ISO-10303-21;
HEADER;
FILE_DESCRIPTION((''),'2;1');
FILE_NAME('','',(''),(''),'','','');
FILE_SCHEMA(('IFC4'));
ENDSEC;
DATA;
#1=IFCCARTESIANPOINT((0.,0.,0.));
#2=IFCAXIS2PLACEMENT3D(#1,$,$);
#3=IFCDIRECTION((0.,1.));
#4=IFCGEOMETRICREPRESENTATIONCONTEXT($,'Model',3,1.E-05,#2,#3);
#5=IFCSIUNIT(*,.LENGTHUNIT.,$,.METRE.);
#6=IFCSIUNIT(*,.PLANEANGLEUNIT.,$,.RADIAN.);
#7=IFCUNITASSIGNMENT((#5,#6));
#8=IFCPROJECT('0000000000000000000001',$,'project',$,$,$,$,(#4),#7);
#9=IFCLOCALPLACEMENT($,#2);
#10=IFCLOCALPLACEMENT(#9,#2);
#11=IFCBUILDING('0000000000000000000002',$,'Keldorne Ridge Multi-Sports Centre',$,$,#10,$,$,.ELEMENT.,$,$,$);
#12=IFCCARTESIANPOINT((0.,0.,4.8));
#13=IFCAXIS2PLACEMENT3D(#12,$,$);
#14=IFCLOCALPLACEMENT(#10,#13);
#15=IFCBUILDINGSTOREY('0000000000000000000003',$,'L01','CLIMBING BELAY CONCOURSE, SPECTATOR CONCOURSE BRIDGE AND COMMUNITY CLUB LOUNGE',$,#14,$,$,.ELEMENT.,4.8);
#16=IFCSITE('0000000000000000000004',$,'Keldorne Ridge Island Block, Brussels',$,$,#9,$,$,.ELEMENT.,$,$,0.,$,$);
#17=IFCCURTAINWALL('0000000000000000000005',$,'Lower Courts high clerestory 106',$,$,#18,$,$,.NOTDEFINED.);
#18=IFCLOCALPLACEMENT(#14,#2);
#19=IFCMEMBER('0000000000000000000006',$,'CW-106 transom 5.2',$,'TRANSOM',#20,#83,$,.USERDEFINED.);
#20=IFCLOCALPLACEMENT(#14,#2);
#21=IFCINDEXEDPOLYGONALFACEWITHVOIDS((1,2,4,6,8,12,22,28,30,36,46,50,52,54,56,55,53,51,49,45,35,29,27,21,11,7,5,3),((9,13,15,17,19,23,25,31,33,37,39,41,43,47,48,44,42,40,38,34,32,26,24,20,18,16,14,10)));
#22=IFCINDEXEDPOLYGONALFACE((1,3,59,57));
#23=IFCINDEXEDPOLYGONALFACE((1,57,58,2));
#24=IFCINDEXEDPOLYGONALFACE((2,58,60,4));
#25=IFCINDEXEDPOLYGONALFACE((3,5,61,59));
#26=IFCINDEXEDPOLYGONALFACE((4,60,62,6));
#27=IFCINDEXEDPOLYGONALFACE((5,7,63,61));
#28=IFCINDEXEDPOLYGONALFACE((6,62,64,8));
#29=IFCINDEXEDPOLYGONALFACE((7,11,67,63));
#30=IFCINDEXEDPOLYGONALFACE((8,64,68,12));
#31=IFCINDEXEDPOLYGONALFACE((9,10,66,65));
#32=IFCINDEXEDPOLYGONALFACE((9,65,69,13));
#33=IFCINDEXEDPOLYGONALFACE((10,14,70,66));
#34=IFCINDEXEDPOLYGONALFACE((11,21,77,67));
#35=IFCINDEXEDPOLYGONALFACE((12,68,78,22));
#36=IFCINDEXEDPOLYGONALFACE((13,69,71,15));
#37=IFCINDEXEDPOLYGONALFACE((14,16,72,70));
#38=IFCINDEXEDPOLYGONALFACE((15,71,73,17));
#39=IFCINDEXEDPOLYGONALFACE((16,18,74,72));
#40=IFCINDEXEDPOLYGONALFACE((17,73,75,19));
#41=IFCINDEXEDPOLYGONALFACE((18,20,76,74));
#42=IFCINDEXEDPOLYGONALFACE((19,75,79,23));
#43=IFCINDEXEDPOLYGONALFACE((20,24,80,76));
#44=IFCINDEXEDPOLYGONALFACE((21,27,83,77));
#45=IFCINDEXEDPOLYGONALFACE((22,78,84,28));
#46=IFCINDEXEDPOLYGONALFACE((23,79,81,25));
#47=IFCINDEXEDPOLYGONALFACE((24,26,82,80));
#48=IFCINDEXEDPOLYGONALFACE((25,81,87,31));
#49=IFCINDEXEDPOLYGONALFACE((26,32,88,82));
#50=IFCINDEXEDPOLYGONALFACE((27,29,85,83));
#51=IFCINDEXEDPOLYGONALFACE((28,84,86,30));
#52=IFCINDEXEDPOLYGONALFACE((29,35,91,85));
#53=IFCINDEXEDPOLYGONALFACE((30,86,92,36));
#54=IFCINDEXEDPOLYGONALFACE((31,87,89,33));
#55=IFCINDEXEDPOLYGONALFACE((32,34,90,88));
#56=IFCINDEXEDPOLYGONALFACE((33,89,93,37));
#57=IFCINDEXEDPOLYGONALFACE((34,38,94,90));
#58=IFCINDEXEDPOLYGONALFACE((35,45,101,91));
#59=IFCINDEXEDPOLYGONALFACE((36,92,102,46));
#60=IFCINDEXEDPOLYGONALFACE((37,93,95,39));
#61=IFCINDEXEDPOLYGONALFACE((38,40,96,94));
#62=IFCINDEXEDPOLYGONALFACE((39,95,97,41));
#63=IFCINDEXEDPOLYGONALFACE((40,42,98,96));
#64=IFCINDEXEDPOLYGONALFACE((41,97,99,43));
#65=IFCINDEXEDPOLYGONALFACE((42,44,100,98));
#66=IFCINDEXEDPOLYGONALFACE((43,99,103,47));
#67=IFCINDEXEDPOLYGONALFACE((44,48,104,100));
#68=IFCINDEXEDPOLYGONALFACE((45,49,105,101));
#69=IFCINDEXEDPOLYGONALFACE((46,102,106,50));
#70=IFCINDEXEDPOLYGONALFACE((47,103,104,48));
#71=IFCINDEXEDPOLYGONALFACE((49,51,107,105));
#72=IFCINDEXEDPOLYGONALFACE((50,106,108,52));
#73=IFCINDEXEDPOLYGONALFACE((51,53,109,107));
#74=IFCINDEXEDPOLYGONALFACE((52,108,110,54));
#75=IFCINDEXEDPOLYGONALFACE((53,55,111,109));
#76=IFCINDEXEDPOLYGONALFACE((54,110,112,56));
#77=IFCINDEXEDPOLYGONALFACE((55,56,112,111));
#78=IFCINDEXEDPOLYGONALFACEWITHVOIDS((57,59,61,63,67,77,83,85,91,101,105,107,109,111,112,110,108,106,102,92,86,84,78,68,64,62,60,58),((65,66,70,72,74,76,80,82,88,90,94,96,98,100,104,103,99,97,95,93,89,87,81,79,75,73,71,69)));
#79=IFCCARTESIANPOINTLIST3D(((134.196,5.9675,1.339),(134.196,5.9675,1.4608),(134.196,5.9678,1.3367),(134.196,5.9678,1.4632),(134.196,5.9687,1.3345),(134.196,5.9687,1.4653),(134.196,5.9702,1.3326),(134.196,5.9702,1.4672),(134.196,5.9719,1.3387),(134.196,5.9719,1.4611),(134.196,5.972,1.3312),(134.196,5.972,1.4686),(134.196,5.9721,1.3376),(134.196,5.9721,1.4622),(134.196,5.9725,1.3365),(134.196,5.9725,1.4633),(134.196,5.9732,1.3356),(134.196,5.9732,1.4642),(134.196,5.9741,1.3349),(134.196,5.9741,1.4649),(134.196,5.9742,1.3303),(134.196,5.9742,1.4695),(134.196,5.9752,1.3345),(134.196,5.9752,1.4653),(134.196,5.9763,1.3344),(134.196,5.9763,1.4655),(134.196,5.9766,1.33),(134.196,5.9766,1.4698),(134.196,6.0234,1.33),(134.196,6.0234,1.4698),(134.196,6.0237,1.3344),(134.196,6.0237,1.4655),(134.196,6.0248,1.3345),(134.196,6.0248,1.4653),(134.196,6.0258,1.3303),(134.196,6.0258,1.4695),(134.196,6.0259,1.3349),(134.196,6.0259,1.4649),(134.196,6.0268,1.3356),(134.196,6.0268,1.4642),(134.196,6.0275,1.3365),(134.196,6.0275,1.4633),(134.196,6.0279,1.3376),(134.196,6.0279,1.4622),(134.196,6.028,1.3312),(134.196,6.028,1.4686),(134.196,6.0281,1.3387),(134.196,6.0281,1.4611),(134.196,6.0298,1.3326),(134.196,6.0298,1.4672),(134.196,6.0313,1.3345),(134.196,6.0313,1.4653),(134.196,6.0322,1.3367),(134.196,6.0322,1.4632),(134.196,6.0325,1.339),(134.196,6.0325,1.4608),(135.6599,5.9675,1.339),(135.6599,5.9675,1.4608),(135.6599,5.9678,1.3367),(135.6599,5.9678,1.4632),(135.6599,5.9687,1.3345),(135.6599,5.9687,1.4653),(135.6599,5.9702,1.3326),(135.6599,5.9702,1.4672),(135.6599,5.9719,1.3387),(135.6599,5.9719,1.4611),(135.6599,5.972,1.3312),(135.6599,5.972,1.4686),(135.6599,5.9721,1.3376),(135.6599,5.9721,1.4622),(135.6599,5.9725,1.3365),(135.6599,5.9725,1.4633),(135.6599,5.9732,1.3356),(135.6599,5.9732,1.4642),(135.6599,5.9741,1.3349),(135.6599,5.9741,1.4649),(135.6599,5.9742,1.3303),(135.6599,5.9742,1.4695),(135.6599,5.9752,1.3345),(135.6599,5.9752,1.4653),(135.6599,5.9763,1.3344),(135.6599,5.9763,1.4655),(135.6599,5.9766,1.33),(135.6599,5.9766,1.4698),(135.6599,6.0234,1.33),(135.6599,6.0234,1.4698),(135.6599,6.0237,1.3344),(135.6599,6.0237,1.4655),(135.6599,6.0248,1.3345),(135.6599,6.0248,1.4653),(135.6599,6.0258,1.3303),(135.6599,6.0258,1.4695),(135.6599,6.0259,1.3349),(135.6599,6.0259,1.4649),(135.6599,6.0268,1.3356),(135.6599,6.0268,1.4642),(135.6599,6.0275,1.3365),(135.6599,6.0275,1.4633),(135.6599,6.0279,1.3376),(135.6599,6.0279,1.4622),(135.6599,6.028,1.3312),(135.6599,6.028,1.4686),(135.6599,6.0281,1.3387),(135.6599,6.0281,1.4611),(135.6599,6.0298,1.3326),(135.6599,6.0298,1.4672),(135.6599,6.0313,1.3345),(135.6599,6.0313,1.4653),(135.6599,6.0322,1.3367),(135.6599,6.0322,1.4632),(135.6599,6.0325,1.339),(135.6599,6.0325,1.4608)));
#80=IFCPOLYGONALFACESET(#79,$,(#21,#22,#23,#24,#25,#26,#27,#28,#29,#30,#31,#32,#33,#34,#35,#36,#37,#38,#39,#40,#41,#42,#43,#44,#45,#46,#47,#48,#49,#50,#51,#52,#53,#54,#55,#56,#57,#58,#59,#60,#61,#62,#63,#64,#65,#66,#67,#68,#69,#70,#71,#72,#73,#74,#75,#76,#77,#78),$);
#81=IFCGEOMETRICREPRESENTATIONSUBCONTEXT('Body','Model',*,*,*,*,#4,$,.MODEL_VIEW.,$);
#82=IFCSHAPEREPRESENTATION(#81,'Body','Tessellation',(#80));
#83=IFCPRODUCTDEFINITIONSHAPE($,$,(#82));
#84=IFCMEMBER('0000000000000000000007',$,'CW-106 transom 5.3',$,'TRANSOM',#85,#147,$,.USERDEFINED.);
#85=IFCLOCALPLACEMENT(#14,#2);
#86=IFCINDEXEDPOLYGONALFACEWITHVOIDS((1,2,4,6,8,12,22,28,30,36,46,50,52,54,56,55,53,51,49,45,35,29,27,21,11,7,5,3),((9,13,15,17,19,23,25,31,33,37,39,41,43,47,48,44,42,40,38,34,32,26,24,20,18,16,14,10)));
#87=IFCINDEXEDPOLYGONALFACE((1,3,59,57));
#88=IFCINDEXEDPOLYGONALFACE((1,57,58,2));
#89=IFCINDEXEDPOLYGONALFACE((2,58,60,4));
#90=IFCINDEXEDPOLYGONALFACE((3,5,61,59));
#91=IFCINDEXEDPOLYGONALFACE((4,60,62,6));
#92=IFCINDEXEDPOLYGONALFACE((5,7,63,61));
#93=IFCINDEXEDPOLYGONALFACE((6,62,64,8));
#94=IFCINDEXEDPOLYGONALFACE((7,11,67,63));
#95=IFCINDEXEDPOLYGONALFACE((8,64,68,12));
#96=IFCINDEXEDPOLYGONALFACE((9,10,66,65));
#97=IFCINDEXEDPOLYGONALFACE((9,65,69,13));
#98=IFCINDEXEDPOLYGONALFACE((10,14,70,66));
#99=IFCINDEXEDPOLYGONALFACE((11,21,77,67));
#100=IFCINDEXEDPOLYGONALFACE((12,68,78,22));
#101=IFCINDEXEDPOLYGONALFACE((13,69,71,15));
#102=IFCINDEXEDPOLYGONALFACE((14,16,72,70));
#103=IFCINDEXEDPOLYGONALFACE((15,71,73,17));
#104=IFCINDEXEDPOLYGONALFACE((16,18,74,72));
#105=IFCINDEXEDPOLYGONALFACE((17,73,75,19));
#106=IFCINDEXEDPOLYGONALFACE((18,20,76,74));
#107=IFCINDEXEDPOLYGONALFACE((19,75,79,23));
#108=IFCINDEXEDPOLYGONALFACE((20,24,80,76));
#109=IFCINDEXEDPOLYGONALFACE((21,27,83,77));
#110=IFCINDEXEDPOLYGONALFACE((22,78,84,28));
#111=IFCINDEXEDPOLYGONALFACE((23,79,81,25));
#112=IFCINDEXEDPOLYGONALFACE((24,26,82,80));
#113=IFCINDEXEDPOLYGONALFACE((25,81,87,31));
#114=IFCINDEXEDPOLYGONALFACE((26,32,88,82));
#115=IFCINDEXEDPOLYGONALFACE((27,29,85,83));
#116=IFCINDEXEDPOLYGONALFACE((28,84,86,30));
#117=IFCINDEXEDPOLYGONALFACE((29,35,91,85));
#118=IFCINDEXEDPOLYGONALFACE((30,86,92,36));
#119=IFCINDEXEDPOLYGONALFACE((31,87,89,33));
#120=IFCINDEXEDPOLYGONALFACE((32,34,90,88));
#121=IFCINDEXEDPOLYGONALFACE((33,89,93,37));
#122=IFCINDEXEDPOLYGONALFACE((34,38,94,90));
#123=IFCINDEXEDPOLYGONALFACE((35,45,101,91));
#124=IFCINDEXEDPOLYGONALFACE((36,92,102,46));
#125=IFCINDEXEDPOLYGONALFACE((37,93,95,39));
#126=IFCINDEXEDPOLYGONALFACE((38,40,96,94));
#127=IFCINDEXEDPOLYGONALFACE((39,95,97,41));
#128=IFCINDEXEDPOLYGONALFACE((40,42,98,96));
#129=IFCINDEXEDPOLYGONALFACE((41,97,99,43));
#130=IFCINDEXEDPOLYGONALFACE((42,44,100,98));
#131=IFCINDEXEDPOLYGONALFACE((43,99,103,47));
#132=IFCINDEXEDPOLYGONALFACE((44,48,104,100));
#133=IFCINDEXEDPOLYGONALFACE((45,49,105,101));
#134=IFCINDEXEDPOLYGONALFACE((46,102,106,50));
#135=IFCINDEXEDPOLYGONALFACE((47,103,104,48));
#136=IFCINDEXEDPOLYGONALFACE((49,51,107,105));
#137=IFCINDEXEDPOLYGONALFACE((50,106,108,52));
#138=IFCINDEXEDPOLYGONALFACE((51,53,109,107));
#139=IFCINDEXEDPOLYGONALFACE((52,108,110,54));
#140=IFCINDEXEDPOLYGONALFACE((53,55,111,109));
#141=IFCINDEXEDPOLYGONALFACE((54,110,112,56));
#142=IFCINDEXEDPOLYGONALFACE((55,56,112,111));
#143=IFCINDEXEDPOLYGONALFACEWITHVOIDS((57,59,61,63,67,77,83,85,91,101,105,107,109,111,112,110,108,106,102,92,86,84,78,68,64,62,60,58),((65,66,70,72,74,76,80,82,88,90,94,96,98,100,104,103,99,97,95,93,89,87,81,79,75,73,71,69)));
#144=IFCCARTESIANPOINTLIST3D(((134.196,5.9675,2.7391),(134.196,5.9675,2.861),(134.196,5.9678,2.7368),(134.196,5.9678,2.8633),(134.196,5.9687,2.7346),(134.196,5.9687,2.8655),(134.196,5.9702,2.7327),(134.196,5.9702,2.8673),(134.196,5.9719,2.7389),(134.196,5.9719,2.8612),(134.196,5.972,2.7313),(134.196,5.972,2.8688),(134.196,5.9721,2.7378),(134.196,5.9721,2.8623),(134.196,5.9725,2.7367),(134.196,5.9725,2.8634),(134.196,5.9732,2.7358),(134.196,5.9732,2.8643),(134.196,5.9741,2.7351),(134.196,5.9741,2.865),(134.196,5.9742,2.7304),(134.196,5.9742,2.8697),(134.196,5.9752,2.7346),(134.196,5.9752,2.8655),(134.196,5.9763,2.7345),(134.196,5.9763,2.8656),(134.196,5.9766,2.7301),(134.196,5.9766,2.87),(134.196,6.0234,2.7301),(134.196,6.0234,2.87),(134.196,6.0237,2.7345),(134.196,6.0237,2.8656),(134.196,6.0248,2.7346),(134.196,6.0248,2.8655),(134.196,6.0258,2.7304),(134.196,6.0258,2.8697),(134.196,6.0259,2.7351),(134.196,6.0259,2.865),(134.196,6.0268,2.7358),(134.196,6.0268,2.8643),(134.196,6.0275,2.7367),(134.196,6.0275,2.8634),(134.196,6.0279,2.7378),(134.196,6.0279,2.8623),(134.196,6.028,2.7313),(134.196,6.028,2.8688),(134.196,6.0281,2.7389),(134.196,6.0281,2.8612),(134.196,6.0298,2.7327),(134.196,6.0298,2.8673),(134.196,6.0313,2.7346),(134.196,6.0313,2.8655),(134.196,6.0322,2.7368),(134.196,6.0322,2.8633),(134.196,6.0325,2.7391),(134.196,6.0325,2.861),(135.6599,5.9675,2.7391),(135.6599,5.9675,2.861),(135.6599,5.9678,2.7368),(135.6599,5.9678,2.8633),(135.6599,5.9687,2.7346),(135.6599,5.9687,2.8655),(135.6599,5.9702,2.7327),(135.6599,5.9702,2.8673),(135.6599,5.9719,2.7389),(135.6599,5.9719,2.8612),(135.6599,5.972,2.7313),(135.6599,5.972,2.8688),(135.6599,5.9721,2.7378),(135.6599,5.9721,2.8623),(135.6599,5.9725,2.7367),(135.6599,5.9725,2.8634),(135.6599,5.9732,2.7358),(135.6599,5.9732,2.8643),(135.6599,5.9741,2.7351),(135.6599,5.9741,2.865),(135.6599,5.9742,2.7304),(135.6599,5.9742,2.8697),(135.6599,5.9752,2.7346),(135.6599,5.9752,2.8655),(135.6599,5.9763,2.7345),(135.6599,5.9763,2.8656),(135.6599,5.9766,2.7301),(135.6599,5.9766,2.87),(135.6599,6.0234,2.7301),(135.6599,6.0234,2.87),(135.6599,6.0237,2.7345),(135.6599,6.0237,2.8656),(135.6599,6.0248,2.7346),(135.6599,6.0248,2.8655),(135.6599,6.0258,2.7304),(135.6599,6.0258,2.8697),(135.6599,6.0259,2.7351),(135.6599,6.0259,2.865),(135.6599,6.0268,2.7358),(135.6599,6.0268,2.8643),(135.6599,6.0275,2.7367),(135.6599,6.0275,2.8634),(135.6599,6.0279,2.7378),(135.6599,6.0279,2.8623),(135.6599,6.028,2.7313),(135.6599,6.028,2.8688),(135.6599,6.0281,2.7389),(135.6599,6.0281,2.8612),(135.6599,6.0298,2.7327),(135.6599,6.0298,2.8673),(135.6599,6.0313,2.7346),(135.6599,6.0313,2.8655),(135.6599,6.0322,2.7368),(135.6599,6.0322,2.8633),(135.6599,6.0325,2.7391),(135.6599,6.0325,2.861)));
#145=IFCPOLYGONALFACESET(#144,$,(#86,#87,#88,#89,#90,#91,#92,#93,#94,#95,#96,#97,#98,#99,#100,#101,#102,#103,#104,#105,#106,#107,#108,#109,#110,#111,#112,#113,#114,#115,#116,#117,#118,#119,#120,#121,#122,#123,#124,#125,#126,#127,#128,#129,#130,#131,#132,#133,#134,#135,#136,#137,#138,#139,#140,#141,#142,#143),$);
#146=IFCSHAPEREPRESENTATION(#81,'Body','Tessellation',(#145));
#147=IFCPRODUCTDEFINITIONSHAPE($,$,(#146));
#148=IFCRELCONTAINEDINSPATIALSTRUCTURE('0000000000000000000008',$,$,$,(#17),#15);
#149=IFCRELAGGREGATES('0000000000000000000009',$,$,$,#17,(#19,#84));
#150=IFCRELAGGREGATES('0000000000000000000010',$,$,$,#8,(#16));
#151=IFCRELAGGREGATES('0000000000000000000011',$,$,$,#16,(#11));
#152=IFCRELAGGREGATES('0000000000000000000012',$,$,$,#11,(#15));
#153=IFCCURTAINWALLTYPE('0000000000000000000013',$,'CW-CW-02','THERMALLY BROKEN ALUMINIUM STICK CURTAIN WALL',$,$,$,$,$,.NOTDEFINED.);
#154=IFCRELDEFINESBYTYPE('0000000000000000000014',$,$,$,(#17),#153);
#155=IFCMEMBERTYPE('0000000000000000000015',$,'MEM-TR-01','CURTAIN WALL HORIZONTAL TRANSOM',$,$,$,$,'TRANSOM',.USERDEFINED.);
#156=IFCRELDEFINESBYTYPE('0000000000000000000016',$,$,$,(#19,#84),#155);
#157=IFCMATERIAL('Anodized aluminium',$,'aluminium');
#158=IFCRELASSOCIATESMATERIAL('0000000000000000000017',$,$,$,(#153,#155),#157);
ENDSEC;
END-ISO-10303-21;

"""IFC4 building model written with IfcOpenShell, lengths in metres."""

from ifc_helpers import new_model, si_unit, direction, frame, origin, origin_2d, place, context, subcontext, project, spatial, hollow_rectangle, extrude, material, material_profile, profile_set, type_object, element, aggregate, save


model = new_model("IFC4")

# Units and contexts
model_context = context("Model", 3, precision=1e-05, world=origin(), true_north=direction((0.0, 1.0)))
body_context = subcontext(model_context, "Body", "Model", "MODEL_VIEW")
ifc_project = project(units=[si_unit("LENGTHUNIT", "METRE"), si_unit("PLANEANGLEUNIT", "RADIAN")], contexts=[model_context])

# Site, building, storey
site_placement = place(None, origin())
site = spatial("IfcSite", under=ifc_project, at=site_placement, Name="Keldorne Ridge Island Block, Brussels", CompositionType="ELEMENT", RefElevation=0.0)
building_placement = place(site_placement, origin())
building = spatial("IfcBuilding", under=site, at=building_placement, Name="Keldorne Ridge Multi-Sports Centre", CompositionType="ELEMENT")
storey_placement = place(building_placement, frame((0.0, 0.0, 4.8)))
storey = spatial("IfcBuildingStorey", under=building, at=storey_placement, Name="L01", Description="CLIMBING BELAY CONCOURSE, SPECTATOR CONCOURSE BRIDGE AND COMMUNITY CLUB LOUNGE", CompositionType="ELEMENT", Elevation=4.8)

# Curtain wall
ifc_material_1 = material(Name="Anodized aluminium", Category="aluminium")
curtain_wall_type_1 = type_object("IfcCurtainWallType", Name="CW-CW-02", Description="THERMALLY BROKEN ALUMINIUM STICK CURTAIN WALL", PredefinedType="NOTDEFINED", material=ifc_material_1)
curtain_wall_1_placement = place(storey_placement, origin())
curtain_wall_1 = element("IfcCurtainWall", 1, at=curtain_wall_1_placement, inside=storey, type_object=curtain_wall_type_1, Name="Lower Courts high clerestory 106", PredefinedType="NOTDEFINED")

# Members
ifc_material_profile_1 = material_profile(ifc_material_1, hollow_rectangle(XDim=0.0649, YDim=0.1399, WallThickness=0.0044, InnerFilletRadius=0.0044, OuterFilletRadius=0.009, at=origin_2d()), Name="ALU TRANSOM 140x65x4.5")
ifc_profile_set_1 = profile_set([ifc_material_profile_1], Name="Anodized aluminium")
member_type_1 = type_object("IfcMemberType", Name="MEM-TR-01", Description="CURTAIN WALL HORIZONTAL TRANSOM", ElementType="TRANSOM", PredefinedType="USERDEFINED", material=ifc_profile_set_1)
member_1_placement = place(storey_placement, frame((134.196, 6.0, 1.3999), z_axis=(1.0, 0.0, 0.0), x_axis=(0.0, 1.0, 0.0)))
member_1 = element("IfcMember", 2, at=member_1_placement, type_object=member_type_1, Name="CW-106 transom 5.2", ObjectType="TRANSOM", PredefinedType="USERDEFINED", context=body_context, shape_type="SweptSolid", body=[
    extrude(hollow_rectangle(XDim=0.0649, YDim=0.1399, WallThickness=0.0044, InnerFilletRadius=0.0044, OuterFilletRadius=0.009, at=origin_2d()), origin(), (0.0, 0.0, 1.0), 1.4639),
])
member_2_placement = place(storey_placement, frame((134.196, 6.0, 2.8), z_axis=(1.0, 0.0, 0.0), x_axis=(0.0, 1.0, 0.0)))
member_2 = element("IfcMember", 3, at=member_2_placement, type_object=member_type_1, Name="CW-106 transom 5.3", ObjectType="TRANSOM", PredefinedType="USERDEFINED", context=body_context, shape_type="SweptSolid", body=[
    extrude(hollow_rectangle(XDim=0.0649, YDim=0.1399, WallThickness=0.0044, InnerFilletRadius=0.0044, OuterFilletRadius=0.009, at=origin_2d()), origin(), (0.0, 0.0, 1.0), 1.4639),
])

aggregate(curtain_wall_1, [member_1, member_2])

save(model, "model.ifc")
